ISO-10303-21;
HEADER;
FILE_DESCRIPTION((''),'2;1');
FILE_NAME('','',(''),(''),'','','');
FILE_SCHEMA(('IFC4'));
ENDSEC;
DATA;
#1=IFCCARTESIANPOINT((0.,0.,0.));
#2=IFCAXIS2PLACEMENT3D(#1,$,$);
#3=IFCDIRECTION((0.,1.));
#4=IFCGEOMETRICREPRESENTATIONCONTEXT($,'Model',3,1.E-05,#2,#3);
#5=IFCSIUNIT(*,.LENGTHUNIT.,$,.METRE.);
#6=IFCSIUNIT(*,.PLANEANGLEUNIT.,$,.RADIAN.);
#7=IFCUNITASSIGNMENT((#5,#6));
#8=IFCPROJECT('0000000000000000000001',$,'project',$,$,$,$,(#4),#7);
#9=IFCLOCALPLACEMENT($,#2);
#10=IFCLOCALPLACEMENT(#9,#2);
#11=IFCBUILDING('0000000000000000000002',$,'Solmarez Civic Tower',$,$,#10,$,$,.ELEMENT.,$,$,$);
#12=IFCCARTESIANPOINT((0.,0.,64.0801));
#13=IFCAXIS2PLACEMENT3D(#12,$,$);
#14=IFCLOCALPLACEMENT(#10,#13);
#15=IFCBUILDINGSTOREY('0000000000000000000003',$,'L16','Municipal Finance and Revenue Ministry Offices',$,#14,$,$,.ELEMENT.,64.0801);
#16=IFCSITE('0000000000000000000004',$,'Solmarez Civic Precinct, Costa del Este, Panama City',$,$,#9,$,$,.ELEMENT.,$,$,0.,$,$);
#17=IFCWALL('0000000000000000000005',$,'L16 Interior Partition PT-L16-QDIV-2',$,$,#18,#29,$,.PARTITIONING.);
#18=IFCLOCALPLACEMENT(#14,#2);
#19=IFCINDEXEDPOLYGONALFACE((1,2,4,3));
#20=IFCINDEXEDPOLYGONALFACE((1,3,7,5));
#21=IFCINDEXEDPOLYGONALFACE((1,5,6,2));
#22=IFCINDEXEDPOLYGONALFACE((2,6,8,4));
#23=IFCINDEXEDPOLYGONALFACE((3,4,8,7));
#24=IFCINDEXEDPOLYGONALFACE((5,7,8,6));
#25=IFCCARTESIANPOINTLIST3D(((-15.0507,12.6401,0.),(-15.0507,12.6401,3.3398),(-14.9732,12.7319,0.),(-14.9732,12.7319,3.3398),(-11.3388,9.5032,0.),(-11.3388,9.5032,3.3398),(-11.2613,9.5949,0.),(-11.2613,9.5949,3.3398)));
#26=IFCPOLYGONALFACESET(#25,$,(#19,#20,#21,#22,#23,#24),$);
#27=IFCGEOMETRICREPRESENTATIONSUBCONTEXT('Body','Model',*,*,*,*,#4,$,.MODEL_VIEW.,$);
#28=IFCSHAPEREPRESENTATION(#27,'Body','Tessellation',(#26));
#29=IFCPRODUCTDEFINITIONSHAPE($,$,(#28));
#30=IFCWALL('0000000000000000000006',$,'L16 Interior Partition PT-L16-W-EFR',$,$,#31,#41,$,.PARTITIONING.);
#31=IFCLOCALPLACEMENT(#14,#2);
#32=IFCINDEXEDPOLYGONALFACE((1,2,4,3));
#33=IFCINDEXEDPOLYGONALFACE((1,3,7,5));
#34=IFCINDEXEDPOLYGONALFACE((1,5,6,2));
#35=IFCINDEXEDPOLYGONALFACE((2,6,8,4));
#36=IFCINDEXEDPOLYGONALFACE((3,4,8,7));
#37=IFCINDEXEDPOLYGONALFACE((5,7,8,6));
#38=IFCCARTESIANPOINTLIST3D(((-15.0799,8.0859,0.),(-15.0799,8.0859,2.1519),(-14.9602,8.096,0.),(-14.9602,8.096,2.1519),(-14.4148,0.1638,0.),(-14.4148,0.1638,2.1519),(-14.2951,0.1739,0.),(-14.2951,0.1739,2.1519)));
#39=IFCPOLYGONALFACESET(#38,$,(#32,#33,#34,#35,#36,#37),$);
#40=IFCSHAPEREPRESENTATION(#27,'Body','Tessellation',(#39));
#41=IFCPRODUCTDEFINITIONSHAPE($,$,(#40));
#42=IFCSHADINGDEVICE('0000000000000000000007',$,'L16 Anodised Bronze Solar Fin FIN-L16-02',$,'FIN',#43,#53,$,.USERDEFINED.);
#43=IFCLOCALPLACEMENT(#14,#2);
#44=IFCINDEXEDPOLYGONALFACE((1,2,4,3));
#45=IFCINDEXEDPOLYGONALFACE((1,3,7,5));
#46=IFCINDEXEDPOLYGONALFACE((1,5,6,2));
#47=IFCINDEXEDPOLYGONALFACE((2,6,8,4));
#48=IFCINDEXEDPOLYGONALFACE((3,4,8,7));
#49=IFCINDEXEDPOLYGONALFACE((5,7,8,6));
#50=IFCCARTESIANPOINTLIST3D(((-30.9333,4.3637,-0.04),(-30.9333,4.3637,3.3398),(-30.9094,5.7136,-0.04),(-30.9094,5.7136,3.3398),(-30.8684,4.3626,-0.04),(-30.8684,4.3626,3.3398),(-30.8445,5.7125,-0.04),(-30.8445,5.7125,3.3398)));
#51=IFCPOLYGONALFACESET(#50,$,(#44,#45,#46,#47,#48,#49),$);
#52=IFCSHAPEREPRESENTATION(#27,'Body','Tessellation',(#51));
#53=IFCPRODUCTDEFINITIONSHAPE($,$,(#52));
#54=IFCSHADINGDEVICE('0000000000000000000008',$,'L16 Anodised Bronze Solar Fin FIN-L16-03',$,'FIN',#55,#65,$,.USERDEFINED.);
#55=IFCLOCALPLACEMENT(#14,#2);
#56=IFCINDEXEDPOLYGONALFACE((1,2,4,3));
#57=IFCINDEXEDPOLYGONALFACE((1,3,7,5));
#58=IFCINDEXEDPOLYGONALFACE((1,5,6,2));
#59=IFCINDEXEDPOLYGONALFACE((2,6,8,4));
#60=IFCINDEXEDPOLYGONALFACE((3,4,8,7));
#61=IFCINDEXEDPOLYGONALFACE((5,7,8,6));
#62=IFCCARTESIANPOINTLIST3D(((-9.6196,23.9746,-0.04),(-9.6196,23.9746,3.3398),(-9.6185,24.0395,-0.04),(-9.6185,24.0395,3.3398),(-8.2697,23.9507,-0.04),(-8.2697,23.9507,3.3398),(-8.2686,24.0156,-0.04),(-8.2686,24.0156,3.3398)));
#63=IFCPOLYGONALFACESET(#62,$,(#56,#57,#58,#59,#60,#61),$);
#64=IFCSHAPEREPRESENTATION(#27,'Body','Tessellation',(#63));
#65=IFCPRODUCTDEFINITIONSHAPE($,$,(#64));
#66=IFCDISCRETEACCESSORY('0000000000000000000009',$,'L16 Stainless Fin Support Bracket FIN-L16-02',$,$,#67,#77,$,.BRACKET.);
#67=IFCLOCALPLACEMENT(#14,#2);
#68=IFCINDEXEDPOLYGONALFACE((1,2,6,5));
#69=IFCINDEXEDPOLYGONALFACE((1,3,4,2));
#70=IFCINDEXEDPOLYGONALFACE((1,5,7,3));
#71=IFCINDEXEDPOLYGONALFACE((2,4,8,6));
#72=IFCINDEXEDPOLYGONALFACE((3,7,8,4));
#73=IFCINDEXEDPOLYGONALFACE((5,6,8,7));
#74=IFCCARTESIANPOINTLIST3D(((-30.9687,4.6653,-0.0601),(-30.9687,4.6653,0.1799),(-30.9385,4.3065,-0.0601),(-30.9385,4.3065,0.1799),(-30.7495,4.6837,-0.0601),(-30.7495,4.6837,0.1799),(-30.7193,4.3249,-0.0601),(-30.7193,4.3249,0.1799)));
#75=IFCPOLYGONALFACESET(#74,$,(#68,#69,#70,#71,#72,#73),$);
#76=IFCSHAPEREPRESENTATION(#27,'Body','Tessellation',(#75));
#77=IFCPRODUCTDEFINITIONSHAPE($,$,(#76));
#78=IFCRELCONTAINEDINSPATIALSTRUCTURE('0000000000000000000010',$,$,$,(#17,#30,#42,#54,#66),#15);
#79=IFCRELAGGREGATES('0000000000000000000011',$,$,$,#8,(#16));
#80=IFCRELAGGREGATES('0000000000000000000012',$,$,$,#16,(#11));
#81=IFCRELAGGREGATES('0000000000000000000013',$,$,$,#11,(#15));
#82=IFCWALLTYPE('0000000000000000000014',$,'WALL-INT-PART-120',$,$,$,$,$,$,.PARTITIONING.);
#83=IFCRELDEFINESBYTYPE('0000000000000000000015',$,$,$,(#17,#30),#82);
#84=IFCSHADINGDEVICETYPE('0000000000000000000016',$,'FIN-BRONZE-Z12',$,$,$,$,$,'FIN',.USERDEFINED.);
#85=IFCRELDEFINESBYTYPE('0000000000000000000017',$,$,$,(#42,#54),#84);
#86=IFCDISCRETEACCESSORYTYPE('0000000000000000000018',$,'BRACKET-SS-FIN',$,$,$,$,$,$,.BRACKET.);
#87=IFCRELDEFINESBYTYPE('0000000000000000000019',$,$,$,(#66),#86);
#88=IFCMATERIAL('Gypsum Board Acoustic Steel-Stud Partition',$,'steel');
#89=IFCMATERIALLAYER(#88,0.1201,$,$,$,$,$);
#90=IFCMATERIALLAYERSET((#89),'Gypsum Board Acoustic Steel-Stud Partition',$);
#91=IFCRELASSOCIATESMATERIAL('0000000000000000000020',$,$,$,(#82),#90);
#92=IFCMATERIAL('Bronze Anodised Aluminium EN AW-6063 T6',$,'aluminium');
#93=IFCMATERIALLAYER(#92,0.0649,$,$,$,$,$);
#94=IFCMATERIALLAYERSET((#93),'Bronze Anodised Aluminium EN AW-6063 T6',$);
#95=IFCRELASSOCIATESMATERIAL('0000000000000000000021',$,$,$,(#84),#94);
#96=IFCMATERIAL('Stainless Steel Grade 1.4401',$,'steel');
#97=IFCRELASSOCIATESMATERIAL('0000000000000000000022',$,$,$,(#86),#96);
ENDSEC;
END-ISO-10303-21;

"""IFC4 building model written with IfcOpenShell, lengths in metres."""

from ifc_helpers import new_model, si_unit, direction, frame, frame_2d, origin, origin_2d, place, context, subcontext, project, spatial, rectangle, extrude, material, layer, layer_set, type_object, element, save


model = new_model("IFC4")

# Units and contexts
model_context = context("Model", 3, precision=1e-05, world=origin(), true_north=direction((0.0, 1.0)))
body_context = subcontext(model_context, "Body", "Model", "MODEL_VIEW")
ifc_project = project(units=[si_unit("LENGTHUNIT", "METRE"), si_unit("PLANEANGLEUNIT", "RADIAN")], contexts=[model_context])

# Site, building, storey
site_placement = place(None, origin())
site = spatial("IfcSite", under=ifc_project, at=site_placement, Name="Solmarez Civic Precinct, Costa del Este, Panama City", CompositionType="ELEMENT", RefElevation=0.0)
building_placement = place(site_placement, origin())
building = spatial("IfcBuilding", under=site, at=building_placement, Name="Solmarez Civic Tower", CompositionType="ELEMENT")
storey_placement = place(building_placement, frame((0.0, 0.0, 64.0801)))
storey = spatial("IfcBuildingStorey", under=building, at=storey_placement, Name="L16", Description="Municipal Finance and Revenue Ministry Offices", CompositionType="ELEMENT", Elevation=64.0801)

# Walls
ifc_material_1 = material(Name="Gypsum Board Acoustic Steel-Stud Partition", Category="steel")
ifc_layer_1 = layer(ifc_material_1, 0.1201)
ifc_layer_set_1 = layer_set([ifc_layer_1], Name="Gypsum Board Acoustic Steel-Stud Partition")
wall_type_1 = type_object("IfcWallType", Name="WALL-INT-PART-120", PredefinedType="PARTITIONING", material=ifc_layer_set_1)
wall_1_placement = place(storey_placement, frame((-11.3, 9.5491, 0.0), z_axis=(0.0, 0.0, 1.0), x_axis=(-0.763781, 0.645476, 0.0)))
element("IfcWall", 1, at=wall_1_placement, inside=storey, type_object=wall_type_1, Name="L16 Interior Partition PT-L16-QDIV-2", PredefinedType="PARTITIONING", context=body_context, shape_type="SweptSolid", body=[
    extrude(rectangle(XDim=4.8599, YDim=0.1201, at=frame_2d((2.4299, 0.0))), origin(), (0.0, 0.0, 1.0), 3.3398),
])
wall_2_placement = place(storey_placement, frame((-15.02, 8.0911, 0.0), z_axis=(0.0, 0.0, 1.0), x_axis=(0.083653, -0.996495, 0.0)))
element("IfcWall", 2, at=wall_2_placement, inside=storey, type_object=wall_type_1, Name="L16 Interior Partition PT-L16-W-EFR", PredefinedType="PARTITIONING", context=body_context, shape_type="SweptSolid", body=[
    extrude(rectangle(XDim=7.95, YDim=0.1201, at=frame_2d((3.9751, 0.0))), origin(), (0.0, 0.0, 1.0), 2.1519),
])

# Shading devices
ifc_material_2 = material(Name="Bronze Anodised Aluminium EN AW-6063 T6", Category="aluminium")
ifc_layer_2 = layer(ifc_material_2, 0.0649)
ifc_layer_set_2 = layer_set([ifc_layer_2], Name="Bronze Anodised Aluminium EN AW-6063 T6")
shading_device_type = type_object("IfcShadingDeviceType", Name="FIN-BRONZE-Z12", ElementType="FIN", PredefinedType="USERDEFINED", material=ifc_layer_set_2)
for number, where, z_axis, x_axis, name in (
    (3, (-30.8889, 5.0381, -0.04), (0.0, 0.0, 1.0), (0.017679, 0.999844, 0.0), "L16 Anodised Bronze Solar Fin FIN-L16-02"),
    (4, (-8.9441, 23.9951, -0.04), (0.0, 0.0, 1.0), (-0.999843, 0.017714, 0.0), "L16 Anodised Bronze Solar Fin FIN-L16-03"),
):
    element("IfcShadingDevice", number, at=place(storey_placement, frame(where, z_axis=z_axis, x_axis=x_axis)), inside=storey, type_object=shading_device_type, Name=name, ObjectType="FIN", PredefinedType="USERDEFINED", context=body_context, shape_type="SweptSolid", body=[
        extrude(rectangle(XDim=1.3501, YDim=0.0649, at=origin_2d()), origin(), (0.0, 0.0, 1.0), 3.3799),
    ])

# Discrete accessory
ifc_material_3 = material(Name="Stainless Steel Grade 1.4401", Category="steel")
discrete_accessory_type = type_object("IfcDiscreteAccessoryType", Name="BRACKET-SS-FIN", PredefinedType="BRACKET", material=ifc_material_3)
discrete_accessory_placement = place(storey_placement, frame((-30.844, 4.4951, -0.0601), z_axis=(0.0, 0.0, 1.0), x_axis=(-0.083683, 0.996492, 0.0)))
element("IfcDiscreteAccessory", 5, at=discrete_accessory_placement, inside=storey, type_object=discrete_accessory_type, Name="L16 Stainless Fin Support Bracket FIN-L16-02", PredefinedType="BRACKET", context=body_context, shape_type="SweptSolid", body=[
    extrude(rectangle(XDim=0.3601, YDim=0.22, at=origin_2d()), origin(), (0.0, 0.0, 1.0), 0.24),
])

save(model, "model.ifc")
